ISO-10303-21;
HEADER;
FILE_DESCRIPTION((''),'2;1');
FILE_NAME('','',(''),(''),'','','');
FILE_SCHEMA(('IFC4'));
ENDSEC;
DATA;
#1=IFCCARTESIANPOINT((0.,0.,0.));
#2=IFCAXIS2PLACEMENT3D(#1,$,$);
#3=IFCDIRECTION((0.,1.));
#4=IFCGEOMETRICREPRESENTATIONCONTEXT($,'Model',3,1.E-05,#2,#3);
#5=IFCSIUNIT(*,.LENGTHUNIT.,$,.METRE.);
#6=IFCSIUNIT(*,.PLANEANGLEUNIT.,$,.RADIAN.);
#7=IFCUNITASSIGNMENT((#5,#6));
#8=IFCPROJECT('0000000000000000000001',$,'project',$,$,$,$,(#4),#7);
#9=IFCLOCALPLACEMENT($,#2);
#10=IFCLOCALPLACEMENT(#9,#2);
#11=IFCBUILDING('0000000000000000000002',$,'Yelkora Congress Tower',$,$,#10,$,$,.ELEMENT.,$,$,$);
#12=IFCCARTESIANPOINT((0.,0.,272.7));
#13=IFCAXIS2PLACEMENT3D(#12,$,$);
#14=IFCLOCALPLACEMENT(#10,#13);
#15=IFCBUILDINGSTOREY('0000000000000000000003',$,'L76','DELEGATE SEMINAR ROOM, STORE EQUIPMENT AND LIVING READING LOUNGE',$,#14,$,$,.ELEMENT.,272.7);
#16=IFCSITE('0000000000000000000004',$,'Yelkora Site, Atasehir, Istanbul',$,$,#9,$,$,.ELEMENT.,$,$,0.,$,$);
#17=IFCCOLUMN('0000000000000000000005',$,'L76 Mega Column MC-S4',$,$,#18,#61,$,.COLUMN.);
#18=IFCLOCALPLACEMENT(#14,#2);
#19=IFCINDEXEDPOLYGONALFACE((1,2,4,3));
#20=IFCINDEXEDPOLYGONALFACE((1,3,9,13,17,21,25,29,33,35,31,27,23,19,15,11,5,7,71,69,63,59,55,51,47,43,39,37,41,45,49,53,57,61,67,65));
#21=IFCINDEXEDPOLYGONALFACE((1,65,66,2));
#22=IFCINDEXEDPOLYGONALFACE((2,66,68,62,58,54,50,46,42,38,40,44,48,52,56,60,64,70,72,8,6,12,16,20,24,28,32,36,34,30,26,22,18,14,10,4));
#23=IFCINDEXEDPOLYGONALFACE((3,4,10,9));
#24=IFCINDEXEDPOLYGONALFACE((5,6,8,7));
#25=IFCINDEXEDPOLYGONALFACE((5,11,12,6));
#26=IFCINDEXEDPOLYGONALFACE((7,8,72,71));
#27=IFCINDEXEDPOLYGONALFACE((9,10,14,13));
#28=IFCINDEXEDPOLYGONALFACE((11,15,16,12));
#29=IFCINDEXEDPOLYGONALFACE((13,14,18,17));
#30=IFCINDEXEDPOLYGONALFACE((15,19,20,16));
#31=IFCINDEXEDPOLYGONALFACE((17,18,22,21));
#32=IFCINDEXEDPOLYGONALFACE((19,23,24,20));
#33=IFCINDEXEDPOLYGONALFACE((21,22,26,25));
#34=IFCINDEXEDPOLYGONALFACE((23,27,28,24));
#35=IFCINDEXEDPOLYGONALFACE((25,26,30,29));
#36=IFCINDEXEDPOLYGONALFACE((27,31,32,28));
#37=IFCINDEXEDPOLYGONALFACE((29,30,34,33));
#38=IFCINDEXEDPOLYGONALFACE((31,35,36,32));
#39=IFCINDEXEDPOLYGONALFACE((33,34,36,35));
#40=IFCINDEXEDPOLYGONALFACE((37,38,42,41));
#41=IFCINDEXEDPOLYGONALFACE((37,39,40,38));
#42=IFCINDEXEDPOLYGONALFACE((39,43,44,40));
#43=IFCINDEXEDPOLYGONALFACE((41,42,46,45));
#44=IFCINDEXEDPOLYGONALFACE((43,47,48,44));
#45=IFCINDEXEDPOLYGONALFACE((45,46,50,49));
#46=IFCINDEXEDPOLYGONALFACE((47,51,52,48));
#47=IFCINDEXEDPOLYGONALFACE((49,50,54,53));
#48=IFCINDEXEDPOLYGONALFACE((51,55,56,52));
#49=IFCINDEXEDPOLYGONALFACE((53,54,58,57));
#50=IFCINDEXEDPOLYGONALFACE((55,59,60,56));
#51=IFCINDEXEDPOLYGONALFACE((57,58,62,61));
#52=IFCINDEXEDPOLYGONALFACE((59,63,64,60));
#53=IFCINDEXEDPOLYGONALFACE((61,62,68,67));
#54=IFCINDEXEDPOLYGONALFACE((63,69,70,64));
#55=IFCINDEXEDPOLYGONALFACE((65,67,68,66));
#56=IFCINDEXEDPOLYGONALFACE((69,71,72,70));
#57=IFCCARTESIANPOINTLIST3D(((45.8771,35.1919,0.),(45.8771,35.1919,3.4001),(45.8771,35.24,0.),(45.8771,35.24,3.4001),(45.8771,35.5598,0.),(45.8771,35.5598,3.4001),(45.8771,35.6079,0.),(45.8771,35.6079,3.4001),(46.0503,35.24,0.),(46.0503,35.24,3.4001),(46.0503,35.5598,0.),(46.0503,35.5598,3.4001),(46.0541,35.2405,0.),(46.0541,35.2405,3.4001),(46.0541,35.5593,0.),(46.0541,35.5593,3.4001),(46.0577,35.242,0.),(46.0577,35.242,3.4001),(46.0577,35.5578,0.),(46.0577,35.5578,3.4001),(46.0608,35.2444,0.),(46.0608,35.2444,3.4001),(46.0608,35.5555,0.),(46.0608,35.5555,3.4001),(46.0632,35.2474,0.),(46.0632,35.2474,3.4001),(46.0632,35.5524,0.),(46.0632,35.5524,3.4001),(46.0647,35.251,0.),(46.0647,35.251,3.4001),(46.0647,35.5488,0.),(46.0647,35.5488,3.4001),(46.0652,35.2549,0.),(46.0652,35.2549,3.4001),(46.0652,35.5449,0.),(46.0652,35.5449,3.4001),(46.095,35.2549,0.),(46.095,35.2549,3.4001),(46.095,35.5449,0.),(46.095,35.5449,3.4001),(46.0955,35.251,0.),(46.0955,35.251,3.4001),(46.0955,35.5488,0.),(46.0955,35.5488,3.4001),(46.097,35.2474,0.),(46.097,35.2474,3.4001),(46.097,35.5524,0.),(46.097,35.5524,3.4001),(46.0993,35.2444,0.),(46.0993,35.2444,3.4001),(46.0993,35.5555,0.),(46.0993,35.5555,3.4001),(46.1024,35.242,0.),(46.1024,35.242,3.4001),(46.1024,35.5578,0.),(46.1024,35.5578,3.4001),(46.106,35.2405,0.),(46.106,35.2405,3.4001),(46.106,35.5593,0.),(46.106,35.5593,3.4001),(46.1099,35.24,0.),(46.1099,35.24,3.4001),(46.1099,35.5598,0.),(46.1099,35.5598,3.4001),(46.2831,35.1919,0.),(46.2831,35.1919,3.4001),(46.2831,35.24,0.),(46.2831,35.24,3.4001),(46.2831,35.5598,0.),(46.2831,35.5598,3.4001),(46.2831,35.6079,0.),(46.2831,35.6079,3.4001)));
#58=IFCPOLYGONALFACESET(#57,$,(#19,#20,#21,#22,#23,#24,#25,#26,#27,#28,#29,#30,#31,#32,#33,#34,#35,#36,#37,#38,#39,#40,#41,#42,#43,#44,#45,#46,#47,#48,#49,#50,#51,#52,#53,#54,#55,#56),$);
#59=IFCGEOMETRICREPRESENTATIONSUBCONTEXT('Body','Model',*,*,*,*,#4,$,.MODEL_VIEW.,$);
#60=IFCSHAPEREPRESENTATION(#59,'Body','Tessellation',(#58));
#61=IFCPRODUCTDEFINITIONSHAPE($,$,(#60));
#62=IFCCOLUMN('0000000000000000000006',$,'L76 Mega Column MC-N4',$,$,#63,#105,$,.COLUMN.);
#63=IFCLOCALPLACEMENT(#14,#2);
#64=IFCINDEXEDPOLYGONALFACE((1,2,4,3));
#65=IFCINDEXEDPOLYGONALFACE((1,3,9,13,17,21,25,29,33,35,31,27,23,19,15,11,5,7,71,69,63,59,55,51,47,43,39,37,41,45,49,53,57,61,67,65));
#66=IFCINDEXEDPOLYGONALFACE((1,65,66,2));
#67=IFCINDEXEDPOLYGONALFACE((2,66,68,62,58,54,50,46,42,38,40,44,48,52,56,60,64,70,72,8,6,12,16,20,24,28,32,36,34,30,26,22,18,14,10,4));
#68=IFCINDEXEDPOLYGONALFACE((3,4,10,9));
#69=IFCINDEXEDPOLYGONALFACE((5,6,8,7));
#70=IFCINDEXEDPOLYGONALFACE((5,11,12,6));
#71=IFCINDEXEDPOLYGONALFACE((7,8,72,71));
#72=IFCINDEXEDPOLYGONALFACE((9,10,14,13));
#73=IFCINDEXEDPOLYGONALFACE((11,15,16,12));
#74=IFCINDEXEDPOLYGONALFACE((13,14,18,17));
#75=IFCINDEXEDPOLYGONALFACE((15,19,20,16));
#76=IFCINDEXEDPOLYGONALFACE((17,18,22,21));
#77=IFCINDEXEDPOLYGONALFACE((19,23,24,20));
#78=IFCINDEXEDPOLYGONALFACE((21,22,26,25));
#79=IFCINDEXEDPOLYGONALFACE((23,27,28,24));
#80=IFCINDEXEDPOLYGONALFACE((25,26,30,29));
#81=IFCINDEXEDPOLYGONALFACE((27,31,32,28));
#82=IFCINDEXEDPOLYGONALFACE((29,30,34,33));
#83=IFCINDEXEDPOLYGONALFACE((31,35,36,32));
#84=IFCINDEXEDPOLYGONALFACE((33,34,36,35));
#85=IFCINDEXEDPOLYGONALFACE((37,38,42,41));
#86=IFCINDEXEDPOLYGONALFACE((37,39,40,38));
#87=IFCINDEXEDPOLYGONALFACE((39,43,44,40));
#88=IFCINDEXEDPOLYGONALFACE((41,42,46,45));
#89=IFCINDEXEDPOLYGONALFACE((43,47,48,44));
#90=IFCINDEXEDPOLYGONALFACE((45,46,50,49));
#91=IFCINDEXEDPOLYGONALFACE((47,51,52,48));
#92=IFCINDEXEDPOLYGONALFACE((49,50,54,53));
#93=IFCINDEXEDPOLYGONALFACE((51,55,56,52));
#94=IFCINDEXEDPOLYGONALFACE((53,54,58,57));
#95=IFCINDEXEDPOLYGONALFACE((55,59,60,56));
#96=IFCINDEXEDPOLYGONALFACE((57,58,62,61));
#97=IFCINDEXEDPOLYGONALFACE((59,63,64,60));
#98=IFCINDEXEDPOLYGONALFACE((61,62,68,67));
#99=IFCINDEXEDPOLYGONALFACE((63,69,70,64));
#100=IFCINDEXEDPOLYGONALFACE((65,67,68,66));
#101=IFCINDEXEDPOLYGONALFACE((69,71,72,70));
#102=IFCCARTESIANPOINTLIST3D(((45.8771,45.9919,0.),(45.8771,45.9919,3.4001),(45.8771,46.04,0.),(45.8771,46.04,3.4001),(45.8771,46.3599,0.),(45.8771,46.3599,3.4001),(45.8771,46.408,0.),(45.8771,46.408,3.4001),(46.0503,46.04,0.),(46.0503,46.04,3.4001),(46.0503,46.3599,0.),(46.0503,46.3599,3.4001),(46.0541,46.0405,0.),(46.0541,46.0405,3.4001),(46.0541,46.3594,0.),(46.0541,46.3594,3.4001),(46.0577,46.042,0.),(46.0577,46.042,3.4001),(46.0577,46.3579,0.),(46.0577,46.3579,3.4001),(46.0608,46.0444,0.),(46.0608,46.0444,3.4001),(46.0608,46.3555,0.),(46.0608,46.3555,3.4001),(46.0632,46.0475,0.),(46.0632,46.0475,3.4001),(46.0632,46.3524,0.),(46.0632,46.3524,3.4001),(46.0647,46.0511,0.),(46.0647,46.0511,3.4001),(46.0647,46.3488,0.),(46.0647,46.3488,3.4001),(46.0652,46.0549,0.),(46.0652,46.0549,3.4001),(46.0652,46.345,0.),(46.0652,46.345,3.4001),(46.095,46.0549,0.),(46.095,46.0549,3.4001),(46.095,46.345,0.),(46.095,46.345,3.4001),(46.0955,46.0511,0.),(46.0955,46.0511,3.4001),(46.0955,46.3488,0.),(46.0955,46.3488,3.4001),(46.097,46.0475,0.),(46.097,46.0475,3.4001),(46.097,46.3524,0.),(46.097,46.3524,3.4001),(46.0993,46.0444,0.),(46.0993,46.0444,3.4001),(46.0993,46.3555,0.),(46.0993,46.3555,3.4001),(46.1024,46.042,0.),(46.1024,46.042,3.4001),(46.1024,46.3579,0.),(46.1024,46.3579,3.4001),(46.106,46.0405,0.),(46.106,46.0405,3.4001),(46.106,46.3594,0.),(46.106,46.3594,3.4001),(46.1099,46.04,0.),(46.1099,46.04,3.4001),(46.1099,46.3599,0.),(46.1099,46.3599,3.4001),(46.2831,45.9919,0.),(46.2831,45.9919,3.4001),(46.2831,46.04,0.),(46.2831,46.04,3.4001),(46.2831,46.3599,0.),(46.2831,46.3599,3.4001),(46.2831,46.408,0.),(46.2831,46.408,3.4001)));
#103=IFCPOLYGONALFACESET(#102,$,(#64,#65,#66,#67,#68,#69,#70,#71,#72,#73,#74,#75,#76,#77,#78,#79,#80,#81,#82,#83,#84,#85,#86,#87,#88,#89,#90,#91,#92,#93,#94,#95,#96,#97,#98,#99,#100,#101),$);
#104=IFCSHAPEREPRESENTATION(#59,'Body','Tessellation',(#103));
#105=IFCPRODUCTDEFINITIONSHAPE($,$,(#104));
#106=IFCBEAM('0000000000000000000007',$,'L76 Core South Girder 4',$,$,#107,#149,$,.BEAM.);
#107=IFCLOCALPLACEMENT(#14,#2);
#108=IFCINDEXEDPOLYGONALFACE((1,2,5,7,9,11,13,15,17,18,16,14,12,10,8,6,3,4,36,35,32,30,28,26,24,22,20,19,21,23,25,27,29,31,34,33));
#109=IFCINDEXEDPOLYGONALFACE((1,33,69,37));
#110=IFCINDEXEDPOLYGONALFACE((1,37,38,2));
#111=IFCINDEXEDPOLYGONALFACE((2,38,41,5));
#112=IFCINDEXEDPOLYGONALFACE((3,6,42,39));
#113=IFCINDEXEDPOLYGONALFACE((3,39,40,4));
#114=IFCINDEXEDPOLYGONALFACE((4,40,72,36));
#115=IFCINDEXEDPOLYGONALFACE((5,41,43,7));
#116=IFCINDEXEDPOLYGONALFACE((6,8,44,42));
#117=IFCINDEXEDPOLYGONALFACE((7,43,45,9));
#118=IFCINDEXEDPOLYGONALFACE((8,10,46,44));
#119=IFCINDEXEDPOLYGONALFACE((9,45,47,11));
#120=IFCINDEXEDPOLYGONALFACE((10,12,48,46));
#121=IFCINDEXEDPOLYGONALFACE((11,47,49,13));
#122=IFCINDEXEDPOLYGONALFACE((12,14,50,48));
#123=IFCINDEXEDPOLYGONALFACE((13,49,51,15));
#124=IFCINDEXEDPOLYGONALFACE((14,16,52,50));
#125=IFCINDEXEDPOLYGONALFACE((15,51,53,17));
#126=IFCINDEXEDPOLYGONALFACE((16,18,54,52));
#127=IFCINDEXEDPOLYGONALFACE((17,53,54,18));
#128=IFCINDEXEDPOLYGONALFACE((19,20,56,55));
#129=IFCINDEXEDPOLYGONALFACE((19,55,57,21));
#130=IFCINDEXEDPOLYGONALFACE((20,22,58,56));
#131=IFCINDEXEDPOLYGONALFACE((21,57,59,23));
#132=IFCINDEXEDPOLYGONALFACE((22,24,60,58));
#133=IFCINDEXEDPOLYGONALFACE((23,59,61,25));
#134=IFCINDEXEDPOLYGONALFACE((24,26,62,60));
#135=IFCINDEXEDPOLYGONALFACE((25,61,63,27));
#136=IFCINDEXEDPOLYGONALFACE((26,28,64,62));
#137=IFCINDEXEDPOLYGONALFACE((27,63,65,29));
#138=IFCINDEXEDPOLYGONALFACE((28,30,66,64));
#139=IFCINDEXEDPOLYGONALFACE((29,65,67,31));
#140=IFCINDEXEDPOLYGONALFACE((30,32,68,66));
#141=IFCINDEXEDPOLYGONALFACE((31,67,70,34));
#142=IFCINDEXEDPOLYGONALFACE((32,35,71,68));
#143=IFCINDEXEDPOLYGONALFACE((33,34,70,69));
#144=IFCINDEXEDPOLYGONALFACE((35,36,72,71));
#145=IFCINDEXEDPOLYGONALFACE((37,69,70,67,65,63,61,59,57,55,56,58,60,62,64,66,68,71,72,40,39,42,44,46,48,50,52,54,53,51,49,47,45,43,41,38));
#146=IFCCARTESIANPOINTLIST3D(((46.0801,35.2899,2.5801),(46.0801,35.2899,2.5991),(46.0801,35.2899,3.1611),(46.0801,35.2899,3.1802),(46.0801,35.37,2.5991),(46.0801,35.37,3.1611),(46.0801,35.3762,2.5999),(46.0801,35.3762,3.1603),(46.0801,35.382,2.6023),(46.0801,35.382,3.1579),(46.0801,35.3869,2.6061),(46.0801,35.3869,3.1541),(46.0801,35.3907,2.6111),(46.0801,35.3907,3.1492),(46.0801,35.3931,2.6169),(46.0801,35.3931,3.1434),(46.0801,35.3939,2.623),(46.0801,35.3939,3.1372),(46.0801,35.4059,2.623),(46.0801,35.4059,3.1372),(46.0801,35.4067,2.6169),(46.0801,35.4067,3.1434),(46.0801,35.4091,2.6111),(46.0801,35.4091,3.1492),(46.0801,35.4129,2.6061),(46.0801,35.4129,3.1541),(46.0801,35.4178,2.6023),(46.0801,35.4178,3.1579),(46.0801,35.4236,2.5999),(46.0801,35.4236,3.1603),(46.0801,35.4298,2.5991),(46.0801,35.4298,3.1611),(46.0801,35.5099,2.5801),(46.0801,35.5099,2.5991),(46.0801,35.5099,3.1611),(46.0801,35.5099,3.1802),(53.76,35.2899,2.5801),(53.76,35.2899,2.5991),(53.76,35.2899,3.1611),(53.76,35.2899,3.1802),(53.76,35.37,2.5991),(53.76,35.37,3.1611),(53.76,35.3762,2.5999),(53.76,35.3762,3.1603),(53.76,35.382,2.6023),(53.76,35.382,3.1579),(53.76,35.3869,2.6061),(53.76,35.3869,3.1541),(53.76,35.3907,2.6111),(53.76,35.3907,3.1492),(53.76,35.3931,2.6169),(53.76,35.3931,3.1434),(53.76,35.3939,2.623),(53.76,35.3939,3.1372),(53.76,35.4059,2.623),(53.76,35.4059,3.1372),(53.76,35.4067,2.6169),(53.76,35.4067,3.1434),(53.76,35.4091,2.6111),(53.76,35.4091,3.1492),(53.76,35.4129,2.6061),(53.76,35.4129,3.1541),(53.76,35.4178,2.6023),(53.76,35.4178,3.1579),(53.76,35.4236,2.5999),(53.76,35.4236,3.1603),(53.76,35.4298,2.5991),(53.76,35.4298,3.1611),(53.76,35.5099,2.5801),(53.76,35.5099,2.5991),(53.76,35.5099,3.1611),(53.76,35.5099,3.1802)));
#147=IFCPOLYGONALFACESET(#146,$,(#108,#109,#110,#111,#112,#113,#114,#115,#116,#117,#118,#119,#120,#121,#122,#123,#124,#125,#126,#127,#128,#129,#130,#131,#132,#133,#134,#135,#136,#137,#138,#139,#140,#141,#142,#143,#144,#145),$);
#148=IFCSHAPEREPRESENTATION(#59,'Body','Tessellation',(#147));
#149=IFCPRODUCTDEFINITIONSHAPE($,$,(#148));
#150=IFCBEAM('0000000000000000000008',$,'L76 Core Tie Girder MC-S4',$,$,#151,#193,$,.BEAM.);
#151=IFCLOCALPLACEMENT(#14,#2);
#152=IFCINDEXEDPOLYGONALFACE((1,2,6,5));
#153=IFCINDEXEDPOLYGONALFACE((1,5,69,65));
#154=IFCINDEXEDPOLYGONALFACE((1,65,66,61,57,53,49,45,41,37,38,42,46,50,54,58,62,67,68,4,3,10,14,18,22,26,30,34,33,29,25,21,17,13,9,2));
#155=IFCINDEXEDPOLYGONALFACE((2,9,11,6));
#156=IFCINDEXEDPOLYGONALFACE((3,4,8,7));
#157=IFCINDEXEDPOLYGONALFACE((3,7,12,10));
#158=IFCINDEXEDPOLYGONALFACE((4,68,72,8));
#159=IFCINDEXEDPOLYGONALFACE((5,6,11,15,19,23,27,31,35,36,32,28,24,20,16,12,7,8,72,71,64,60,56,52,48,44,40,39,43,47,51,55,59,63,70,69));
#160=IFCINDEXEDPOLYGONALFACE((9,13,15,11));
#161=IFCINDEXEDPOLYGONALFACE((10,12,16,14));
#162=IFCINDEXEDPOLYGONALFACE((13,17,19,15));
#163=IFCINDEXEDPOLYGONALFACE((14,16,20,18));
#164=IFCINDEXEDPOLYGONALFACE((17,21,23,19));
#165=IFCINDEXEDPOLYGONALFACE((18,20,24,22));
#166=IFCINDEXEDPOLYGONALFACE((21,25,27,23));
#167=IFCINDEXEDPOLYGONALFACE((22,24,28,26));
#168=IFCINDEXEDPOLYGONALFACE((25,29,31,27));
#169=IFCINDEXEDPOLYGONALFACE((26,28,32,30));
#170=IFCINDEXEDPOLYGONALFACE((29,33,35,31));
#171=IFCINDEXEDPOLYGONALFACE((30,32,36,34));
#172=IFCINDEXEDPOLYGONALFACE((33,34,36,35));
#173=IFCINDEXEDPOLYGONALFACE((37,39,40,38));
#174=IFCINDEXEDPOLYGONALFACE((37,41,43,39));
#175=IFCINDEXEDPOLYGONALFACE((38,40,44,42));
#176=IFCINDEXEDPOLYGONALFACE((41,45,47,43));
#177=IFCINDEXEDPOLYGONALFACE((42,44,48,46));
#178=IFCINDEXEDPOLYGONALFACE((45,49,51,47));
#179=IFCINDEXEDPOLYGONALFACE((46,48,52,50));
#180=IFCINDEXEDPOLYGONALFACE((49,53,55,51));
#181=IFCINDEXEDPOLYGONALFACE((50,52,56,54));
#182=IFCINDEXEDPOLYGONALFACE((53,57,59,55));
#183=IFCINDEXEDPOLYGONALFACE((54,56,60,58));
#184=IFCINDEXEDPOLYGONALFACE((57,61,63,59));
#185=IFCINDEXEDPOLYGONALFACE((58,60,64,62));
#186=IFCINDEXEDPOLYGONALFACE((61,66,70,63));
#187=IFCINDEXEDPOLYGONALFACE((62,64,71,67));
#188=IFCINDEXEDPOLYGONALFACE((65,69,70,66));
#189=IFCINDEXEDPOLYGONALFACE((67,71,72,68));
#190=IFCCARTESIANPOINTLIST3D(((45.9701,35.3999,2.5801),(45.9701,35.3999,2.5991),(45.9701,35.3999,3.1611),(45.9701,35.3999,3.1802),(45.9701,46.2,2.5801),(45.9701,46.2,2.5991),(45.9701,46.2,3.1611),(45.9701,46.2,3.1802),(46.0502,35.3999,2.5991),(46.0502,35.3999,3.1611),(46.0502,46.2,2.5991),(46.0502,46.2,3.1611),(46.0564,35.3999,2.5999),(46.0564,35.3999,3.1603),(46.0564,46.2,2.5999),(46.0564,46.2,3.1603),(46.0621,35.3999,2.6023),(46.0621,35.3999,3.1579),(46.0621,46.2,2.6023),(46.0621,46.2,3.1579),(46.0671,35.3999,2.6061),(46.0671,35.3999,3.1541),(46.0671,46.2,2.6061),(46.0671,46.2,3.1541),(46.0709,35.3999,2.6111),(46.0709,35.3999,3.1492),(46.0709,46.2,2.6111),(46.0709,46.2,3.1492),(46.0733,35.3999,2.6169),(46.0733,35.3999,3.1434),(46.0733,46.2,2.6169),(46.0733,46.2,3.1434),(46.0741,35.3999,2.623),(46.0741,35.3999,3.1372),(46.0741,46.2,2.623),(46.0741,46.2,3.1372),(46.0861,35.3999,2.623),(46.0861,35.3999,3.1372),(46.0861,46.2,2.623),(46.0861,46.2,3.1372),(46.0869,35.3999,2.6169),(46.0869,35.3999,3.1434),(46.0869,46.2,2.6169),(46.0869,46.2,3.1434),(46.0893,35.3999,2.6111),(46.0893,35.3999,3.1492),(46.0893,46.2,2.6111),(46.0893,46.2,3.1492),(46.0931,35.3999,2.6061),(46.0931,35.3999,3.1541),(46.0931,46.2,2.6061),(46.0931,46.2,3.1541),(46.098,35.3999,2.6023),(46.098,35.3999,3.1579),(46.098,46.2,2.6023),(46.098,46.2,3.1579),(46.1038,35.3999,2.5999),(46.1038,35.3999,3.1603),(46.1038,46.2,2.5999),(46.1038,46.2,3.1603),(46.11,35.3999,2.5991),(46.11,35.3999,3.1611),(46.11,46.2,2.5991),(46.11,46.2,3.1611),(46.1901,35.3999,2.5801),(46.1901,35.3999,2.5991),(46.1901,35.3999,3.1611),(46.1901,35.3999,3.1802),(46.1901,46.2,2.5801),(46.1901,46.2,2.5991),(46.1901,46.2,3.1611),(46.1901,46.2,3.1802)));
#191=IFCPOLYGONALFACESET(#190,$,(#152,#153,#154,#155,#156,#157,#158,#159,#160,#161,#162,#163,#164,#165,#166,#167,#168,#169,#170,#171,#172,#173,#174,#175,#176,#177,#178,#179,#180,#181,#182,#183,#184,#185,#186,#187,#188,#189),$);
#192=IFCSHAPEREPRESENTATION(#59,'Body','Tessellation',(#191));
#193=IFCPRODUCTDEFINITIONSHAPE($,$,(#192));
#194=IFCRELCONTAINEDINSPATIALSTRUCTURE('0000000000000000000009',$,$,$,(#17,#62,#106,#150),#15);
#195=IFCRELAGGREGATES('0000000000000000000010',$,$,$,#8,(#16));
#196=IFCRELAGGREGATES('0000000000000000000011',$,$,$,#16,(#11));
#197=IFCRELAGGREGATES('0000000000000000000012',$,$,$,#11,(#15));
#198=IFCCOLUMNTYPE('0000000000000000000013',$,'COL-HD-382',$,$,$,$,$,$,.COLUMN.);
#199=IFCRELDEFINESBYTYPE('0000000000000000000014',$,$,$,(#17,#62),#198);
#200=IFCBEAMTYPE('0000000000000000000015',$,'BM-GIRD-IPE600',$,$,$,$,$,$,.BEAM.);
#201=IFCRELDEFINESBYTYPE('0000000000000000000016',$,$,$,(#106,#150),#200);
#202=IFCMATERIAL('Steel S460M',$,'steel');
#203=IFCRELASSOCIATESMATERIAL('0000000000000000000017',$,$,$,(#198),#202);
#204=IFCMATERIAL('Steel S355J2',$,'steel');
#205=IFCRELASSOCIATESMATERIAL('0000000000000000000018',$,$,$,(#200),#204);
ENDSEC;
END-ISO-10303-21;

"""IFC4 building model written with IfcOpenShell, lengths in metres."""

from ifc_helpers import new_model, si_unit, direction, frame, origin, origin_2d, place, context, subcontext, project, spatial, i_section, extrude, material, material_profile, profile_set, type_object, element, save


model = new_model("IFC4")

# Units and contexts
model_context = context("Model", 3, precision=1e-05, world=origin(), true_north=direction((0.0, 1.0)))
body_context = subcontext(model_context, "Body", "Model", "MODEL_VIEW")
ifc_project = project(units=[si_unit("LENGTHUNIT", "METRE"), si_unit("PLANEANGLEUNIT", "RADIAN")], contexts=[model_context])

# Site, building, storey
site_placement = place(None, origin())
site = spatial("IfcSite", under=ifc_project, at=site_placement, Name="Yelkora Site, Atasehir, Istanbul", CompositionType="ELEMENT", RefElevation=0.0)
building_placement = place(site_placement, origin())
building = spatial("IfcBuilding", under=site, at=building_placement, Name="Yelkora Congress Tower", CompositionType="ELEMENT")
storey_placement = place(building_placement, frame((0.0, 0.0, 272.7)))
storey = spatial("IfcBuildingStorey", under=building, at=storey_placement, Name="L76", Description="DELEGATE SEMINAR ROOM, STORE EQUIPMENT AND LIVING READING LOUNGE", CompositionType="ELEMENT", Elevation=272.7)

# Columns
ifc_material_1 = material(Name="Steel S460M", Category="steel")
ifc_material_profile_1 = material_profile(ifc_material_1, i_section(OverallWidth=0.406, OverallDepth=0.416, WebThickness=0.0298, FlangeThickness=0.0481, FilletRadius=0.0149, at=origin_2d()), Name="HD 400x382")
ifc_profile_set_1 = profile_set([ifc_material_profile_1], Name="Steel S460M")
column_type = type_object("IfcColumnType", Name="COL-HD-382", PredefinedType="COLUMN", material=ifc_profile_set_1)
for number, where, z_axis, x_axis, name in (
    (1, (46.0801, 35.3999, 0.0), (0.0, 0.0, 1.0), (1.0, 0.0, 0.0), "L76 Mega Column MC-S4"),
    (2, (46.0801, 46.2, 0.0), (0.0, 0.0, 1.0), (1.0, 0.0, 0.0), "L76 Mega Column MC-N4"),
):
    element("IfcColumn", number, at=place(storey_placement, frame(where, z_axis=z_axis, x_axis=x_axis)), inside=storey, type_object=column_type, Name=name, PredefinedType="COLUMN", context=body_context, shape_type="SweptSolid", body=[
        extrude(i_section(OverallWidth=0.406, OverallDepth=0.416, WebThickness=0.0298, FlangeThickness=0.0481, FilletRadius=0.0149, at=origin_2d()), origin(), (0.0, 0.0, 1.0), 3.4001),
    ])

# Beams
ifc_material_2 = material(Name="Steel S355J2", Category="steel")
ifc_material_profile_2 = material_profile(ifc_material_2, i_section(OverallWidth=0.22, OverallDepth=0.6001, WebThickness=0.012, FlangeThickness=0.019, FilletRadius=0.0239, at=origin_2d()), Name="IPE 600")
ifc_profile_set_2 = profile_set([ifc_material_profile_2], Name="Steel S355J2")
beam_type_1 = type_object("IfcBeamType", Name="BM-GIRD-IPE600", PredefinedType="BEAM", material=ifc_profile_set_2)
beam_1_placement = place(storey_placement, frame((46.0801, 35.3999, 2.8801), z_axis=(1.0, 0.0, 0.0), x_axis=(0.0, 1.0, 0.0)))
element("IfcBeam", 3, at=beam_1_placement, inside=storey, type_object=beam_type_1, Name="L76 Core South Girder 4", PredefinedType="BEAM", context=body_context, shape_type="SweptSolid", body=[
    extrude(i_section(OverallWidth=0.22, OverallDepth=0.6001, WebThickness=0.012, FlangeThickness=0.019, FilletRadius=0.0239, at=origin_2d()), origin(), (0.0, 0.0, 1.0), 7.6799),
])
beam_2_placement = place(storey_placement, frame((46.0801, 35.3999, 2.8801), z_axis=(0.0, 1.0, 0.0), x_axis=(-1.0, 0.0, 0.0)))
element("IfcBeam", 4, at=beam_2_placement, inside=storey, type_object=beam_type_1, Name="L76 Core Tie Girder MC-S4", PredefinedType="BEAM", context=body_context, shape_type="SweptSolid", body=[
    extrude(i_section(OverallWidth=0.22, OverallDepth=0.6001, WebThickness=0.012, FlangeThickness=0.019, FilletRadius=0.0239, at=origin_2d()), origin(), (0.0, 0.0, 1.0), 10.8),
])

save(model, "model.ifc")
